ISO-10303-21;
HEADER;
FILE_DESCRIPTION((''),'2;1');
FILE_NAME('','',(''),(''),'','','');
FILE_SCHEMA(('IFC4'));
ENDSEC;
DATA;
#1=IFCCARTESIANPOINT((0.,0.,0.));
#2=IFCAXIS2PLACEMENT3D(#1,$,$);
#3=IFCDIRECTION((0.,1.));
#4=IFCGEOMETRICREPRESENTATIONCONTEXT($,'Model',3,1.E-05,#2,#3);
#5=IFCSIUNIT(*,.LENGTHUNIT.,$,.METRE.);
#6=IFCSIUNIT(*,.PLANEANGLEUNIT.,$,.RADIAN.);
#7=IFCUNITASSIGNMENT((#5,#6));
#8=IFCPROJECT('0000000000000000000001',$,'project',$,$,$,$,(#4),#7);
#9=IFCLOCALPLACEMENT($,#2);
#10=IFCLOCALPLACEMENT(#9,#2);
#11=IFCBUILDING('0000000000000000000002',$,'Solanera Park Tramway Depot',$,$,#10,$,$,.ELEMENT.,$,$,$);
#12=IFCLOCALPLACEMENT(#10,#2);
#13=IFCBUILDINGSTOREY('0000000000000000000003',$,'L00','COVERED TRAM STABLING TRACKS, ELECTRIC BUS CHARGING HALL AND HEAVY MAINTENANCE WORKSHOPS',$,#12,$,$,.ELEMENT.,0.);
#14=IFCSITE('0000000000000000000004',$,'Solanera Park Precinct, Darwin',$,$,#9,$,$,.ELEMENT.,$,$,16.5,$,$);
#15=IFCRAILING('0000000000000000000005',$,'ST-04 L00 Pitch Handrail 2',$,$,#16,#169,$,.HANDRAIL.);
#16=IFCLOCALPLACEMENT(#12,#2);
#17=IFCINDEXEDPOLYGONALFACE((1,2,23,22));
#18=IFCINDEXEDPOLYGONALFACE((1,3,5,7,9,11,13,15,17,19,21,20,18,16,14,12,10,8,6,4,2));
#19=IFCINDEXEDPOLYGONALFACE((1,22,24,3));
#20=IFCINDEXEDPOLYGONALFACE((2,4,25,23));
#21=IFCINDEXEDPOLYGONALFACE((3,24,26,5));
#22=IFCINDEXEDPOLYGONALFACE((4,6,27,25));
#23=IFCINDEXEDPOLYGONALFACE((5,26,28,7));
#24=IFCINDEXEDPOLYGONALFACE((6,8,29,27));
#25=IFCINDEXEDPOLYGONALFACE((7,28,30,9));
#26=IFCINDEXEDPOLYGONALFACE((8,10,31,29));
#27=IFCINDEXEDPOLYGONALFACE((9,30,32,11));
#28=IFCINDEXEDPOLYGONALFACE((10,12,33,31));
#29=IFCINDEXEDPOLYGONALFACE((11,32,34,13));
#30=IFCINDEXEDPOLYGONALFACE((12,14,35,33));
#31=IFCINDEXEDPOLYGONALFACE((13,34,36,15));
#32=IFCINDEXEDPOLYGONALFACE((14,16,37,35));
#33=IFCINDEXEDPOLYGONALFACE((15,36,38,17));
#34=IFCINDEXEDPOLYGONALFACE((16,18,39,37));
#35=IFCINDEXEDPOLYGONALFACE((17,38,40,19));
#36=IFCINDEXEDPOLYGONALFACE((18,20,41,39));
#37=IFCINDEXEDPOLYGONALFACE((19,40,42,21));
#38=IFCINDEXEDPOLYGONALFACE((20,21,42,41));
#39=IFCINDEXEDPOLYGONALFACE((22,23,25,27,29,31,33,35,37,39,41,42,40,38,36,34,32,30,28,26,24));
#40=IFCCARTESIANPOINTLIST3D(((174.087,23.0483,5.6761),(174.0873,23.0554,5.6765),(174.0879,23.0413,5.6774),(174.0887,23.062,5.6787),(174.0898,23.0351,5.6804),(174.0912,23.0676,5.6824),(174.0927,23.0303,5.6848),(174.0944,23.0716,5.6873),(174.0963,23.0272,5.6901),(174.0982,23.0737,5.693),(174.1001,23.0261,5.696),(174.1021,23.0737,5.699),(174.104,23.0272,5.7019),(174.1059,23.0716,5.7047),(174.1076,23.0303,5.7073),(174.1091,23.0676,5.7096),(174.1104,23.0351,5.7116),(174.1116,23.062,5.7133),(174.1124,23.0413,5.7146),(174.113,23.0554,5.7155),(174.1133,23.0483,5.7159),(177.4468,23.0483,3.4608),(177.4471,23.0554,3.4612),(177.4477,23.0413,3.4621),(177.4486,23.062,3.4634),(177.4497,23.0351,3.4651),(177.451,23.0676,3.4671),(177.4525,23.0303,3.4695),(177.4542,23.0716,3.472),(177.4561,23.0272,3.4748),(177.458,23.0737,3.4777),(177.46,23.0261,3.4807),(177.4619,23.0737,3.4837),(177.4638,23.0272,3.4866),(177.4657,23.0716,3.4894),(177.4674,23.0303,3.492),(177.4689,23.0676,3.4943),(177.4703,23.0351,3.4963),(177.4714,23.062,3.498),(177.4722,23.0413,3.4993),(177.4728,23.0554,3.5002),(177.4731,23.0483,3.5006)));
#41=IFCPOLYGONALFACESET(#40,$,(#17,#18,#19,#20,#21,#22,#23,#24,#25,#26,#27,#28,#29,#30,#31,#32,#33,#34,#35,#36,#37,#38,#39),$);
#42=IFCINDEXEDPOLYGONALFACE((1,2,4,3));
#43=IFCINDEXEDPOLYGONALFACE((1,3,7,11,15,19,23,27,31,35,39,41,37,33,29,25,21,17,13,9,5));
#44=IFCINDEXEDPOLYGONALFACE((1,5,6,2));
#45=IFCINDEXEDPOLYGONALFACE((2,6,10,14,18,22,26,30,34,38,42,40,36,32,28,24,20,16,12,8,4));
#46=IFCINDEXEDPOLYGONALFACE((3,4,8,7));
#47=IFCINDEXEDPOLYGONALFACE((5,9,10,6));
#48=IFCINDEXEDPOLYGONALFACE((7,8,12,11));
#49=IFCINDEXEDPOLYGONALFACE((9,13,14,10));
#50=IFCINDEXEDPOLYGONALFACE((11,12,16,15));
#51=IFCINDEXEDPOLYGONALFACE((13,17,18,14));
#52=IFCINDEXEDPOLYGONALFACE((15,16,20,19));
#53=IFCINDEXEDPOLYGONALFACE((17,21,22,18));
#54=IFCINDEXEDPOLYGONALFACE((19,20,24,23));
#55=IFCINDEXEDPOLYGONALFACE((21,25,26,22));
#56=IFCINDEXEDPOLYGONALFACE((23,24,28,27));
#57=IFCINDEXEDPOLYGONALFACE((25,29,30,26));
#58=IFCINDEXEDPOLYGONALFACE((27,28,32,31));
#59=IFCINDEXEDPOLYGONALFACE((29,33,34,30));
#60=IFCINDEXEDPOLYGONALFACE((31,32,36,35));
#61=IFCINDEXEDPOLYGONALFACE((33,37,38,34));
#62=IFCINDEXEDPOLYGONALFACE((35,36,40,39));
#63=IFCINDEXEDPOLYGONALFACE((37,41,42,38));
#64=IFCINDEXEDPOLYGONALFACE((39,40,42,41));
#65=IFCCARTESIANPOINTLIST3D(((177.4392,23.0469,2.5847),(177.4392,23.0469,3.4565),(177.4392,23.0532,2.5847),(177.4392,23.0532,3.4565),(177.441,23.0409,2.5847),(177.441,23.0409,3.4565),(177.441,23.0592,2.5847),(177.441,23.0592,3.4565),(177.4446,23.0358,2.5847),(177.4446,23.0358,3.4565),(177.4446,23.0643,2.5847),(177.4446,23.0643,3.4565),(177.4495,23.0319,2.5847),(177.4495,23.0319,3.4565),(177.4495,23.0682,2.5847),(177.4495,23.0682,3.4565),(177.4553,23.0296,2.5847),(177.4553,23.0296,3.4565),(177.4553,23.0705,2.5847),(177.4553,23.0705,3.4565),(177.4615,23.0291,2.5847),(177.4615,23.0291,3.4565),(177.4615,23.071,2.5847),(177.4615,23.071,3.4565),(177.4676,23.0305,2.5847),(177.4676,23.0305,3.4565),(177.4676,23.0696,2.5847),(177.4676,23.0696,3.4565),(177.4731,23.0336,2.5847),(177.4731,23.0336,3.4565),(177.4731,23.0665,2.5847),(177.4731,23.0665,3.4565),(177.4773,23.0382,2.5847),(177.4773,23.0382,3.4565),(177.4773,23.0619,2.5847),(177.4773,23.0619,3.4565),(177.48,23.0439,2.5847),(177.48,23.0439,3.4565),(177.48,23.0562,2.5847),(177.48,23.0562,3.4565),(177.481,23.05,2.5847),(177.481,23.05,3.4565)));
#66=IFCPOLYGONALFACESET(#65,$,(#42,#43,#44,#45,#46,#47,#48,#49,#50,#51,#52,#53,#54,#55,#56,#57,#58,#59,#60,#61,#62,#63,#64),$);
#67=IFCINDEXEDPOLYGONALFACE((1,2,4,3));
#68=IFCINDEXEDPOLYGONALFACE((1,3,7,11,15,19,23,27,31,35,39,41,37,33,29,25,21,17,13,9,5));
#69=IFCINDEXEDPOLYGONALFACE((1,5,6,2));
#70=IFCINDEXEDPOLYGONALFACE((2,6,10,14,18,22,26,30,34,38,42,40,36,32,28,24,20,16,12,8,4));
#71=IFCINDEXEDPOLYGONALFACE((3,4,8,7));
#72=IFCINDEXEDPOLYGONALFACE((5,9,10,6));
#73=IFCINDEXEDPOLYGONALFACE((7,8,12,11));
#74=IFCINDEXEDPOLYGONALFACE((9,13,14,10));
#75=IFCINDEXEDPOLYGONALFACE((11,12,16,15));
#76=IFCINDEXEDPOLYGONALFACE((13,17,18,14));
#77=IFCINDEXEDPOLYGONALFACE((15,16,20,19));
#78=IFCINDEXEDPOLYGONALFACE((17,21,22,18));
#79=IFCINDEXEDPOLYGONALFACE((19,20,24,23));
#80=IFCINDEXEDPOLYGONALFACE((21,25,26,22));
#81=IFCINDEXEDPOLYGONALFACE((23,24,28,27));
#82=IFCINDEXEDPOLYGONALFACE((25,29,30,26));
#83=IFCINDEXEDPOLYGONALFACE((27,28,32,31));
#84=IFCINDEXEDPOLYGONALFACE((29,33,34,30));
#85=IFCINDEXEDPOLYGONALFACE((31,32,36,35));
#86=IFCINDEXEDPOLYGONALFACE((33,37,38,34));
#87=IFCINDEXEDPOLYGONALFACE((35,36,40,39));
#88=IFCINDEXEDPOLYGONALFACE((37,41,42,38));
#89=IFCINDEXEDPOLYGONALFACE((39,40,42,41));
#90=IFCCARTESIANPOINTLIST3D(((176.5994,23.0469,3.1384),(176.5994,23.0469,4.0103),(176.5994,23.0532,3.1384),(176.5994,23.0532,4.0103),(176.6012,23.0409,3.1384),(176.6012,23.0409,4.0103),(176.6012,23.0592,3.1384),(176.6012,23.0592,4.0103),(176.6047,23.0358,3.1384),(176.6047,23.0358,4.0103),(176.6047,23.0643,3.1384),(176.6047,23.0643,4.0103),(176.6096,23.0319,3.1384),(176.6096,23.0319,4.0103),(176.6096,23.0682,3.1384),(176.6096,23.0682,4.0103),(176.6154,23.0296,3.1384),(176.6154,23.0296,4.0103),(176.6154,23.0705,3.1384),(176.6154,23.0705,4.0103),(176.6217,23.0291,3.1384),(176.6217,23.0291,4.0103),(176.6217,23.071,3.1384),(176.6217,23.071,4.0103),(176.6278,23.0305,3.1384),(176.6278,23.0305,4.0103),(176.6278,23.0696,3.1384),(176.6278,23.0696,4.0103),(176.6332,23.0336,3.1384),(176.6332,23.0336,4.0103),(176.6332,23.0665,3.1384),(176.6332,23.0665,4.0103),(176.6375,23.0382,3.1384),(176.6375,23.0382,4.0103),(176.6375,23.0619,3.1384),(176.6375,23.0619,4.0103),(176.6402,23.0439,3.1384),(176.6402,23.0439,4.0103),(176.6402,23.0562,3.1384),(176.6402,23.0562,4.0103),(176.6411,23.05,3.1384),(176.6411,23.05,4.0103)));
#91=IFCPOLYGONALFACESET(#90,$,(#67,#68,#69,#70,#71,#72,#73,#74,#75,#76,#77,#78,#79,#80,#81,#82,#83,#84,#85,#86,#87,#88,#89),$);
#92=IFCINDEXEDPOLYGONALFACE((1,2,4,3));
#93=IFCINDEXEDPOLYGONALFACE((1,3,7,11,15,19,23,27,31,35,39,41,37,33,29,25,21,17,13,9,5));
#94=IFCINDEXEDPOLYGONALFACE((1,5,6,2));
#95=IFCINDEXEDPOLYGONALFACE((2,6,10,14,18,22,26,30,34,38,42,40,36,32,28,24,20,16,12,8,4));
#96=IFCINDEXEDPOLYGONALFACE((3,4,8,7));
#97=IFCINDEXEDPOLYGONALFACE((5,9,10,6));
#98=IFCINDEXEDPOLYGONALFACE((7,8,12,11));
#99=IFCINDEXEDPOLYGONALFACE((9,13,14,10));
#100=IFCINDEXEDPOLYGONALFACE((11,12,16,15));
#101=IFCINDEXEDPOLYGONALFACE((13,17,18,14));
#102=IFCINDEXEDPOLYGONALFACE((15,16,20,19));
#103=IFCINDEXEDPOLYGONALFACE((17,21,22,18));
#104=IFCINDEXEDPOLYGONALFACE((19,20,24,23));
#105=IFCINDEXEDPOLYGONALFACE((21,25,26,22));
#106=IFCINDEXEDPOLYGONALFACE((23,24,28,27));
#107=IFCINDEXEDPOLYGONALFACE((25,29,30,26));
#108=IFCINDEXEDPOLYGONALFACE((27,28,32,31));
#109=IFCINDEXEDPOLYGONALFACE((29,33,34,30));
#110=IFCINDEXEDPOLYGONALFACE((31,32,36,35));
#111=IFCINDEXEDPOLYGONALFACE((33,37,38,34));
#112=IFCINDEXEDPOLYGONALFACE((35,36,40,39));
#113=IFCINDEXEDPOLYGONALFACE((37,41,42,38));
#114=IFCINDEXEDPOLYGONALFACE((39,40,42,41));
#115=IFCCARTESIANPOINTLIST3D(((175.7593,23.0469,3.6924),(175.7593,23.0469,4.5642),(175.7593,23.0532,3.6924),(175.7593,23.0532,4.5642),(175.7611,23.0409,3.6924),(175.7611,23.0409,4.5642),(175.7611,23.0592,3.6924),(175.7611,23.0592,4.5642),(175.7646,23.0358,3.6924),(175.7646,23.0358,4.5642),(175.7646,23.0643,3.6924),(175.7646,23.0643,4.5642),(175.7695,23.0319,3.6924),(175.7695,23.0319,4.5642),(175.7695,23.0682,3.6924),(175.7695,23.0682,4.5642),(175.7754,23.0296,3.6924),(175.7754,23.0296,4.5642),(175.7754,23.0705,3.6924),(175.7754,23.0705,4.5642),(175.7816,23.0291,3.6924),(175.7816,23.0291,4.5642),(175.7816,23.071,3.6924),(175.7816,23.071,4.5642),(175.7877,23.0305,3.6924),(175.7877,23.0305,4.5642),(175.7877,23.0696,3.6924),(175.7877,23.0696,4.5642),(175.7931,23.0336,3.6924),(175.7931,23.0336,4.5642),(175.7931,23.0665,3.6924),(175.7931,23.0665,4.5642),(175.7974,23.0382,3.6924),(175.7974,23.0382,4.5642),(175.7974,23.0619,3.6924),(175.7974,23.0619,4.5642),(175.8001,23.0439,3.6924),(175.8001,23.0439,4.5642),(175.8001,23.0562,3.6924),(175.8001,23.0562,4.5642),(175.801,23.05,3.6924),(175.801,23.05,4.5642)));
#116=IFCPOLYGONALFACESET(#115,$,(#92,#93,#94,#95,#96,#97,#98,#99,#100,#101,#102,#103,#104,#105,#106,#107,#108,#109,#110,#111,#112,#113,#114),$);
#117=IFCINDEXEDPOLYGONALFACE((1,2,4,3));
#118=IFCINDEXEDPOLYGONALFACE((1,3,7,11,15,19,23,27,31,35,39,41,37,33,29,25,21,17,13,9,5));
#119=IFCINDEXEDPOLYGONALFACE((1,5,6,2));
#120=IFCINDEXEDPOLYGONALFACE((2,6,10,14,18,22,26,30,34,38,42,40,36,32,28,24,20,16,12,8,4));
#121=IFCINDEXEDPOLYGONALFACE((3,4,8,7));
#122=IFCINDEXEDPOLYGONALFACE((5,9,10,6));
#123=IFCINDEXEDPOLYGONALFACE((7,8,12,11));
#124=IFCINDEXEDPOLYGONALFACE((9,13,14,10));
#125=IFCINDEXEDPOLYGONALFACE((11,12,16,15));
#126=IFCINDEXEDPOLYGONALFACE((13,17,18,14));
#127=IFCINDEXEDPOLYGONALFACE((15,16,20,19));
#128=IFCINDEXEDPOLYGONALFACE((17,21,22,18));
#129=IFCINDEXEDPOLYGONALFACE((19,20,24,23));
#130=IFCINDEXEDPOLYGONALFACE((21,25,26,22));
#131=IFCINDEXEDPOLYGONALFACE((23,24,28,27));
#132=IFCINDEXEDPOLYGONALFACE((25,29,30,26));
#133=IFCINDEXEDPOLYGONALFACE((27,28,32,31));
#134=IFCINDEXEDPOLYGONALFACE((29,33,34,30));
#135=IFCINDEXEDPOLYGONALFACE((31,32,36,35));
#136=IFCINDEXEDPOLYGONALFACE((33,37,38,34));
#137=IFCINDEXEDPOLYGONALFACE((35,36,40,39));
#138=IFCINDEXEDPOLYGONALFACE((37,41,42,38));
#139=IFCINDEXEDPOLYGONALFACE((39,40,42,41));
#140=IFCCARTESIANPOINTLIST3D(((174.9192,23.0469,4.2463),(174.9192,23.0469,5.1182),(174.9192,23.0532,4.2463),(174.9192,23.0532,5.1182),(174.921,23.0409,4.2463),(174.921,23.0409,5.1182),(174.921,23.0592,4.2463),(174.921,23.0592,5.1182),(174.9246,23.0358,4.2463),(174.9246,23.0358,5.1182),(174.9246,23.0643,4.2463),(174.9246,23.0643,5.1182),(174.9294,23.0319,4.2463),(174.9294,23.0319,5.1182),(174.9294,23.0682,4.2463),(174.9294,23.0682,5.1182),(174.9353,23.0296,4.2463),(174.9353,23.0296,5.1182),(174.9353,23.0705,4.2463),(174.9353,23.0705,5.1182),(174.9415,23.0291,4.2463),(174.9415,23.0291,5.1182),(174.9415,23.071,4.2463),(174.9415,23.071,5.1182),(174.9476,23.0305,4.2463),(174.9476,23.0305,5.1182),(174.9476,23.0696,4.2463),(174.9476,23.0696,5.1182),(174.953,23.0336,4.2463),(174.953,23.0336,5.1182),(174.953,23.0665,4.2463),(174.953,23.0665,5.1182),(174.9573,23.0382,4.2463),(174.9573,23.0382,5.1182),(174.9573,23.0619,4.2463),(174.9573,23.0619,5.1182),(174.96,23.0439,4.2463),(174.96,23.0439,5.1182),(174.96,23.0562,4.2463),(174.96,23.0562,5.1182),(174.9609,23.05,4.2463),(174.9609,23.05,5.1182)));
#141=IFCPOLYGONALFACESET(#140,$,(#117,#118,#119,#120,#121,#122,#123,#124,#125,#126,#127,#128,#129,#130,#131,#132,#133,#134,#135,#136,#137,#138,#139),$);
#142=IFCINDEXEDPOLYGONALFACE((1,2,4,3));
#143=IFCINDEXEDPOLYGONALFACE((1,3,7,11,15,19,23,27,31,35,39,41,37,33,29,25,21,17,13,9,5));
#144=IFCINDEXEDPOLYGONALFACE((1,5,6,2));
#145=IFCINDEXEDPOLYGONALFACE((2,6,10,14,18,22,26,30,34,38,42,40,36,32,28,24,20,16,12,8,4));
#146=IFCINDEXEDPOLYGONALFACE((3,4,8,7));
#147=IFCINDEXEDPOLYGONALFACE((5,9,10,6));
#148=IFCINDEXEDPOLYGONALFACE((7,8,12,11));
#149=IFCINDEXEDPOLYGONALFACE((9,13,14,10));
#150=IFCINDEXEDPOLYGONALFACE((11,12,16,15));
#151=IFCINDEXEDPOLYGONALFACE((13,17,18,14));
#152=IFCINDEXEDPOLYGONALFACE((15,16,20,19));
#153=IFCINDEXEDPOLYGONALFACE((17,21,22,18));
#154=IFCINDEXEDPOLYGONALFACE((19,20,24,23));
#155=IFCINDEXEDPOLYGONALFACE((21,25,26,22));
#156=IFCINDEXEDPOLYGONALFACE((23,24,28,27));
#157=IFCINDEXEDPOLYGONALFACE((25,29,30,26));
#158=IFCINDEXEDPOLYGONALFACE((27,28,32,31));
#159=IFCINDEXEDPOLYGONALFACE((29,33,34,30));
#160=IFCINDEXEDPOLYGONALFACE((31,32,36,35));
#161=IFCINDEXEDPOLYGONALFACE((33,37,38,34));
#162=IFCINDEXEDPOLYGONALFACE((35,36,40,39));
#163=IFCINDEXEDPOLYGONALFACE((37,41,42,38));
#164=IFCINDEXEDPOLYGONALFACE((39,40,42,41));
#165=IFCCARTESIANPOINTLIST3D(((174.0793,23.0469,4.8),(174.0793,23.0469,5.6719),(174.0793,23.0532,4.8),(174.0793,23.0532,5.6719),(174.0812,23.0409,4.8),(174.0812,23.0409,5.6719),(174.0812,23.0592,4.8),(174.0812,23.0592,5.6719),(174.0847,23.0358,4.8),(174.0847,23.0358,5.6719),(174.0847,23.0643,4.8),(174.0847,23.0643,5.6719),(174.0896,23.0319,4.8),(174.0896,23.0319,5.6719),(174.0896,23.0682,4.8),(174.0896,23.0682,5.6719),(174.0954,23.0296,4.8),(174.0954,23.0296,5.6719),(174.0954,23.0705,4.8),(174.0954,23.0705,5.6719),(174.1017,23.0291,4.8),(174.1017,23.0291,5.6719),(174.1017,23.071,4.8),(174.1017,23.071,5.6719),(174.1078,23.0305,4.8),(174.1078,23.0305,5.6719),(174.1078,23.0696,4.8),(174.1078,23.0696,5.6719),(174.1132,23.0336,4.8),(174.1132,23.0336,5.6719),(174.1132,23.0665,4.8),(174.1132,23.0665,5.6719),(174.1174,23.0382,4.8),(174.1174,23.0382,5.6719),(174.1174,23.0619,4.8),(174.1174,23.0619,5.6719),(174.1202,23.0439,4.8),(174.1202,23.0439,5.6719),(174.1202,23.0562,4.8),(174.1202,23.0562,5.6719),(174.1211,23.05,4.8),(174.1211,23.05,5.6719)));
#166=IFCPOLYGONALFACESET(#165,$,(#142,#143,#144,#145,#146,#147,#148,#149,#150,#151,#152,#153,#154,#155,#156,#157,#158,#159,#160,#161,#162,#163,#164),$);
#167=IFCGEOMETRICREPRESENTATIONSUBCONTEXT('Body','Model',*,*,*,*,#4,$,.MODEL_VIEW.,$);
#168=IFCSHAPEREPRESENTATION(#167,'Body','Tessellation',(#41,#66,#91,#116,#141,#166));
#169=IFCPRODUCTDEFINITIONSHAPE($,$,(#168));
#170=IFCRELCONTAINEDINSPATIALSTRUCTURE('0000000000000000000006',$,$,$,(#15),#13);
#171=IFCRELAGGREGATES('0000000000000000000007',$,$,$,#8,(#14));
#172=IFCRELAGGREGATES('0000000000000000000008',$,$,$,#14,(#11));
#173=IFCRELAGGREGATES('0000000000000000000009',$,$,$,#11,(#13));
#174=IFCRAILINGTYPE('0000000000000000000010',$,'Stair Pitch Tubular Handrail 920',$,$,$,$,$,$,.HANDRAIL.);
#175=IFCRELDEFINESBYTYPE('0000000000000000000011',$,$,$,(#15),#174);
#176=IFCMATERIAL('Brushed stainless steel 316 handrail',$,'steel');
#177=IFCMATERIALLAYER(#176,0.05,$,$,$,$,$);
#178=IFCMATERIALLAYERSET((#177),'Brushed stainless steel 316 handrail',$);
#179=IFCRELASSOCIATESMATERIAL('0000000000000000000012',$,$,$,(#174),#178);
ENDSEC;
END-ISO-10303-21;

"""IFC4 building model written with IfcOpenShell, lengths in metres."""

from ifc_helpers import new_model, si_unit, direction, frame, origin, origin_2d, place, context, subcontext, project, spatial, circle, extrude, material, layer, layer_set, type_object, element, save


model = new_model("IFC4")

# Units and contexts
model_context = context("Model", 3, precision=1e-05, world=origin(), true_north=direction((0.0, 1.0)))
body_context = subcontext(model_context, "Body", "Model", "MODEL_VIEW")
ifc_project = project(units=[si_unit("LENGTHUNIT", "METRE"), si_unit("PLANEANGLEUNIT", "RADIAN")], contexts=[model_context])

# Site, building, storey
site_placement = place(None, origin())
site = spatial("IfcSite", under=ifc_project, at=site_placement, Name="Solanera Park Precinct, Darwin", CompositionType="ELEMENT", RefElevation=16.5)
building_placement = place(site_placement, origin())
building = spatial("IfcBuilding", under=site, at=building_placement, Name="Solanera Park Tramway Depot", CompositionType="ELEMENT")
storey_placement = place(building_placement, origin())
storey = spatial("IfcBuildingStorey", under=building, at=storey_placement, Name="L00", Description="COVERED TRAM STABLING TRACKS, ELECTRIC BUS CHARGING HALL AND HEAVY MAINTENANCE WORKSHOPS", CompositionType="ELEMENT", Elevation=0.0)

# Railing
ifc_material_1 = material(Name="Brushed stainless steel 316 handrail", Category="steel")
ifc_layer_1 = layer(ifc_material_1, 0.05)
ifc_layer_set_1 = layer_set([ifc_layer_1], Name="Brushed stainless steel 316 handrail")
railing_type_1 = type_object("IfcRailingType", Name="Stair Pitch Tubular Handrail 920", PredefinedType="HANDRAIL", material=ifc_layer_set_1)
railing_1_placement = place(storey_placement, frame((177.46, 23.05, 2.5847)))
element("IfcRailing", 1, at=railing_1_placement, inside=storey, type_object=railing_type_1, Name="ST-04 L00 Pitch Handrail 2", PredefinedType="HANDRAIL", context=body_context, shape_type="SweptSolid", body=[
    extrude(circle(Radius=0.0239, at=origin_2d()), frame((0.0, 0.0, 0.896), z_axis=(-0.834858, 0.0, 0.550465), x_axis=(0.0, -1.0, 0.0)), (0.0, 0.0, 1.0), 4.0244),
    extrude(circle(Radius=0.021, at=origin_2d()), origin(), (0.0, 0.0, 1.0), 0.8718),
    extrude(circle(Radius=0.021, at=origin_2d()), frame((-0.8398, 0.0, 0.5537)), (0.0, 0.0, 1.0), 0.8718),
    extrude(circle(Radius=0.021, at=origin_2d()), frame((-1.6799, 0.0, 1.1077)), (0.0, 0.0, 1.0), 0.8718),
    extrude(circle(Radius=0.021, at=origin_2d()), frame((-2.52, 0.0, 1.6616)), (0.0, 0.0, 1.0), 0.8718),
    extrude(circle(Radius=0.021, at=origin_2d()), frame((-3.3599, 0.0, 2.2153)), (0.0, 0.0, 1.0), 0.8718),
])

save(model, "model.ifc")
